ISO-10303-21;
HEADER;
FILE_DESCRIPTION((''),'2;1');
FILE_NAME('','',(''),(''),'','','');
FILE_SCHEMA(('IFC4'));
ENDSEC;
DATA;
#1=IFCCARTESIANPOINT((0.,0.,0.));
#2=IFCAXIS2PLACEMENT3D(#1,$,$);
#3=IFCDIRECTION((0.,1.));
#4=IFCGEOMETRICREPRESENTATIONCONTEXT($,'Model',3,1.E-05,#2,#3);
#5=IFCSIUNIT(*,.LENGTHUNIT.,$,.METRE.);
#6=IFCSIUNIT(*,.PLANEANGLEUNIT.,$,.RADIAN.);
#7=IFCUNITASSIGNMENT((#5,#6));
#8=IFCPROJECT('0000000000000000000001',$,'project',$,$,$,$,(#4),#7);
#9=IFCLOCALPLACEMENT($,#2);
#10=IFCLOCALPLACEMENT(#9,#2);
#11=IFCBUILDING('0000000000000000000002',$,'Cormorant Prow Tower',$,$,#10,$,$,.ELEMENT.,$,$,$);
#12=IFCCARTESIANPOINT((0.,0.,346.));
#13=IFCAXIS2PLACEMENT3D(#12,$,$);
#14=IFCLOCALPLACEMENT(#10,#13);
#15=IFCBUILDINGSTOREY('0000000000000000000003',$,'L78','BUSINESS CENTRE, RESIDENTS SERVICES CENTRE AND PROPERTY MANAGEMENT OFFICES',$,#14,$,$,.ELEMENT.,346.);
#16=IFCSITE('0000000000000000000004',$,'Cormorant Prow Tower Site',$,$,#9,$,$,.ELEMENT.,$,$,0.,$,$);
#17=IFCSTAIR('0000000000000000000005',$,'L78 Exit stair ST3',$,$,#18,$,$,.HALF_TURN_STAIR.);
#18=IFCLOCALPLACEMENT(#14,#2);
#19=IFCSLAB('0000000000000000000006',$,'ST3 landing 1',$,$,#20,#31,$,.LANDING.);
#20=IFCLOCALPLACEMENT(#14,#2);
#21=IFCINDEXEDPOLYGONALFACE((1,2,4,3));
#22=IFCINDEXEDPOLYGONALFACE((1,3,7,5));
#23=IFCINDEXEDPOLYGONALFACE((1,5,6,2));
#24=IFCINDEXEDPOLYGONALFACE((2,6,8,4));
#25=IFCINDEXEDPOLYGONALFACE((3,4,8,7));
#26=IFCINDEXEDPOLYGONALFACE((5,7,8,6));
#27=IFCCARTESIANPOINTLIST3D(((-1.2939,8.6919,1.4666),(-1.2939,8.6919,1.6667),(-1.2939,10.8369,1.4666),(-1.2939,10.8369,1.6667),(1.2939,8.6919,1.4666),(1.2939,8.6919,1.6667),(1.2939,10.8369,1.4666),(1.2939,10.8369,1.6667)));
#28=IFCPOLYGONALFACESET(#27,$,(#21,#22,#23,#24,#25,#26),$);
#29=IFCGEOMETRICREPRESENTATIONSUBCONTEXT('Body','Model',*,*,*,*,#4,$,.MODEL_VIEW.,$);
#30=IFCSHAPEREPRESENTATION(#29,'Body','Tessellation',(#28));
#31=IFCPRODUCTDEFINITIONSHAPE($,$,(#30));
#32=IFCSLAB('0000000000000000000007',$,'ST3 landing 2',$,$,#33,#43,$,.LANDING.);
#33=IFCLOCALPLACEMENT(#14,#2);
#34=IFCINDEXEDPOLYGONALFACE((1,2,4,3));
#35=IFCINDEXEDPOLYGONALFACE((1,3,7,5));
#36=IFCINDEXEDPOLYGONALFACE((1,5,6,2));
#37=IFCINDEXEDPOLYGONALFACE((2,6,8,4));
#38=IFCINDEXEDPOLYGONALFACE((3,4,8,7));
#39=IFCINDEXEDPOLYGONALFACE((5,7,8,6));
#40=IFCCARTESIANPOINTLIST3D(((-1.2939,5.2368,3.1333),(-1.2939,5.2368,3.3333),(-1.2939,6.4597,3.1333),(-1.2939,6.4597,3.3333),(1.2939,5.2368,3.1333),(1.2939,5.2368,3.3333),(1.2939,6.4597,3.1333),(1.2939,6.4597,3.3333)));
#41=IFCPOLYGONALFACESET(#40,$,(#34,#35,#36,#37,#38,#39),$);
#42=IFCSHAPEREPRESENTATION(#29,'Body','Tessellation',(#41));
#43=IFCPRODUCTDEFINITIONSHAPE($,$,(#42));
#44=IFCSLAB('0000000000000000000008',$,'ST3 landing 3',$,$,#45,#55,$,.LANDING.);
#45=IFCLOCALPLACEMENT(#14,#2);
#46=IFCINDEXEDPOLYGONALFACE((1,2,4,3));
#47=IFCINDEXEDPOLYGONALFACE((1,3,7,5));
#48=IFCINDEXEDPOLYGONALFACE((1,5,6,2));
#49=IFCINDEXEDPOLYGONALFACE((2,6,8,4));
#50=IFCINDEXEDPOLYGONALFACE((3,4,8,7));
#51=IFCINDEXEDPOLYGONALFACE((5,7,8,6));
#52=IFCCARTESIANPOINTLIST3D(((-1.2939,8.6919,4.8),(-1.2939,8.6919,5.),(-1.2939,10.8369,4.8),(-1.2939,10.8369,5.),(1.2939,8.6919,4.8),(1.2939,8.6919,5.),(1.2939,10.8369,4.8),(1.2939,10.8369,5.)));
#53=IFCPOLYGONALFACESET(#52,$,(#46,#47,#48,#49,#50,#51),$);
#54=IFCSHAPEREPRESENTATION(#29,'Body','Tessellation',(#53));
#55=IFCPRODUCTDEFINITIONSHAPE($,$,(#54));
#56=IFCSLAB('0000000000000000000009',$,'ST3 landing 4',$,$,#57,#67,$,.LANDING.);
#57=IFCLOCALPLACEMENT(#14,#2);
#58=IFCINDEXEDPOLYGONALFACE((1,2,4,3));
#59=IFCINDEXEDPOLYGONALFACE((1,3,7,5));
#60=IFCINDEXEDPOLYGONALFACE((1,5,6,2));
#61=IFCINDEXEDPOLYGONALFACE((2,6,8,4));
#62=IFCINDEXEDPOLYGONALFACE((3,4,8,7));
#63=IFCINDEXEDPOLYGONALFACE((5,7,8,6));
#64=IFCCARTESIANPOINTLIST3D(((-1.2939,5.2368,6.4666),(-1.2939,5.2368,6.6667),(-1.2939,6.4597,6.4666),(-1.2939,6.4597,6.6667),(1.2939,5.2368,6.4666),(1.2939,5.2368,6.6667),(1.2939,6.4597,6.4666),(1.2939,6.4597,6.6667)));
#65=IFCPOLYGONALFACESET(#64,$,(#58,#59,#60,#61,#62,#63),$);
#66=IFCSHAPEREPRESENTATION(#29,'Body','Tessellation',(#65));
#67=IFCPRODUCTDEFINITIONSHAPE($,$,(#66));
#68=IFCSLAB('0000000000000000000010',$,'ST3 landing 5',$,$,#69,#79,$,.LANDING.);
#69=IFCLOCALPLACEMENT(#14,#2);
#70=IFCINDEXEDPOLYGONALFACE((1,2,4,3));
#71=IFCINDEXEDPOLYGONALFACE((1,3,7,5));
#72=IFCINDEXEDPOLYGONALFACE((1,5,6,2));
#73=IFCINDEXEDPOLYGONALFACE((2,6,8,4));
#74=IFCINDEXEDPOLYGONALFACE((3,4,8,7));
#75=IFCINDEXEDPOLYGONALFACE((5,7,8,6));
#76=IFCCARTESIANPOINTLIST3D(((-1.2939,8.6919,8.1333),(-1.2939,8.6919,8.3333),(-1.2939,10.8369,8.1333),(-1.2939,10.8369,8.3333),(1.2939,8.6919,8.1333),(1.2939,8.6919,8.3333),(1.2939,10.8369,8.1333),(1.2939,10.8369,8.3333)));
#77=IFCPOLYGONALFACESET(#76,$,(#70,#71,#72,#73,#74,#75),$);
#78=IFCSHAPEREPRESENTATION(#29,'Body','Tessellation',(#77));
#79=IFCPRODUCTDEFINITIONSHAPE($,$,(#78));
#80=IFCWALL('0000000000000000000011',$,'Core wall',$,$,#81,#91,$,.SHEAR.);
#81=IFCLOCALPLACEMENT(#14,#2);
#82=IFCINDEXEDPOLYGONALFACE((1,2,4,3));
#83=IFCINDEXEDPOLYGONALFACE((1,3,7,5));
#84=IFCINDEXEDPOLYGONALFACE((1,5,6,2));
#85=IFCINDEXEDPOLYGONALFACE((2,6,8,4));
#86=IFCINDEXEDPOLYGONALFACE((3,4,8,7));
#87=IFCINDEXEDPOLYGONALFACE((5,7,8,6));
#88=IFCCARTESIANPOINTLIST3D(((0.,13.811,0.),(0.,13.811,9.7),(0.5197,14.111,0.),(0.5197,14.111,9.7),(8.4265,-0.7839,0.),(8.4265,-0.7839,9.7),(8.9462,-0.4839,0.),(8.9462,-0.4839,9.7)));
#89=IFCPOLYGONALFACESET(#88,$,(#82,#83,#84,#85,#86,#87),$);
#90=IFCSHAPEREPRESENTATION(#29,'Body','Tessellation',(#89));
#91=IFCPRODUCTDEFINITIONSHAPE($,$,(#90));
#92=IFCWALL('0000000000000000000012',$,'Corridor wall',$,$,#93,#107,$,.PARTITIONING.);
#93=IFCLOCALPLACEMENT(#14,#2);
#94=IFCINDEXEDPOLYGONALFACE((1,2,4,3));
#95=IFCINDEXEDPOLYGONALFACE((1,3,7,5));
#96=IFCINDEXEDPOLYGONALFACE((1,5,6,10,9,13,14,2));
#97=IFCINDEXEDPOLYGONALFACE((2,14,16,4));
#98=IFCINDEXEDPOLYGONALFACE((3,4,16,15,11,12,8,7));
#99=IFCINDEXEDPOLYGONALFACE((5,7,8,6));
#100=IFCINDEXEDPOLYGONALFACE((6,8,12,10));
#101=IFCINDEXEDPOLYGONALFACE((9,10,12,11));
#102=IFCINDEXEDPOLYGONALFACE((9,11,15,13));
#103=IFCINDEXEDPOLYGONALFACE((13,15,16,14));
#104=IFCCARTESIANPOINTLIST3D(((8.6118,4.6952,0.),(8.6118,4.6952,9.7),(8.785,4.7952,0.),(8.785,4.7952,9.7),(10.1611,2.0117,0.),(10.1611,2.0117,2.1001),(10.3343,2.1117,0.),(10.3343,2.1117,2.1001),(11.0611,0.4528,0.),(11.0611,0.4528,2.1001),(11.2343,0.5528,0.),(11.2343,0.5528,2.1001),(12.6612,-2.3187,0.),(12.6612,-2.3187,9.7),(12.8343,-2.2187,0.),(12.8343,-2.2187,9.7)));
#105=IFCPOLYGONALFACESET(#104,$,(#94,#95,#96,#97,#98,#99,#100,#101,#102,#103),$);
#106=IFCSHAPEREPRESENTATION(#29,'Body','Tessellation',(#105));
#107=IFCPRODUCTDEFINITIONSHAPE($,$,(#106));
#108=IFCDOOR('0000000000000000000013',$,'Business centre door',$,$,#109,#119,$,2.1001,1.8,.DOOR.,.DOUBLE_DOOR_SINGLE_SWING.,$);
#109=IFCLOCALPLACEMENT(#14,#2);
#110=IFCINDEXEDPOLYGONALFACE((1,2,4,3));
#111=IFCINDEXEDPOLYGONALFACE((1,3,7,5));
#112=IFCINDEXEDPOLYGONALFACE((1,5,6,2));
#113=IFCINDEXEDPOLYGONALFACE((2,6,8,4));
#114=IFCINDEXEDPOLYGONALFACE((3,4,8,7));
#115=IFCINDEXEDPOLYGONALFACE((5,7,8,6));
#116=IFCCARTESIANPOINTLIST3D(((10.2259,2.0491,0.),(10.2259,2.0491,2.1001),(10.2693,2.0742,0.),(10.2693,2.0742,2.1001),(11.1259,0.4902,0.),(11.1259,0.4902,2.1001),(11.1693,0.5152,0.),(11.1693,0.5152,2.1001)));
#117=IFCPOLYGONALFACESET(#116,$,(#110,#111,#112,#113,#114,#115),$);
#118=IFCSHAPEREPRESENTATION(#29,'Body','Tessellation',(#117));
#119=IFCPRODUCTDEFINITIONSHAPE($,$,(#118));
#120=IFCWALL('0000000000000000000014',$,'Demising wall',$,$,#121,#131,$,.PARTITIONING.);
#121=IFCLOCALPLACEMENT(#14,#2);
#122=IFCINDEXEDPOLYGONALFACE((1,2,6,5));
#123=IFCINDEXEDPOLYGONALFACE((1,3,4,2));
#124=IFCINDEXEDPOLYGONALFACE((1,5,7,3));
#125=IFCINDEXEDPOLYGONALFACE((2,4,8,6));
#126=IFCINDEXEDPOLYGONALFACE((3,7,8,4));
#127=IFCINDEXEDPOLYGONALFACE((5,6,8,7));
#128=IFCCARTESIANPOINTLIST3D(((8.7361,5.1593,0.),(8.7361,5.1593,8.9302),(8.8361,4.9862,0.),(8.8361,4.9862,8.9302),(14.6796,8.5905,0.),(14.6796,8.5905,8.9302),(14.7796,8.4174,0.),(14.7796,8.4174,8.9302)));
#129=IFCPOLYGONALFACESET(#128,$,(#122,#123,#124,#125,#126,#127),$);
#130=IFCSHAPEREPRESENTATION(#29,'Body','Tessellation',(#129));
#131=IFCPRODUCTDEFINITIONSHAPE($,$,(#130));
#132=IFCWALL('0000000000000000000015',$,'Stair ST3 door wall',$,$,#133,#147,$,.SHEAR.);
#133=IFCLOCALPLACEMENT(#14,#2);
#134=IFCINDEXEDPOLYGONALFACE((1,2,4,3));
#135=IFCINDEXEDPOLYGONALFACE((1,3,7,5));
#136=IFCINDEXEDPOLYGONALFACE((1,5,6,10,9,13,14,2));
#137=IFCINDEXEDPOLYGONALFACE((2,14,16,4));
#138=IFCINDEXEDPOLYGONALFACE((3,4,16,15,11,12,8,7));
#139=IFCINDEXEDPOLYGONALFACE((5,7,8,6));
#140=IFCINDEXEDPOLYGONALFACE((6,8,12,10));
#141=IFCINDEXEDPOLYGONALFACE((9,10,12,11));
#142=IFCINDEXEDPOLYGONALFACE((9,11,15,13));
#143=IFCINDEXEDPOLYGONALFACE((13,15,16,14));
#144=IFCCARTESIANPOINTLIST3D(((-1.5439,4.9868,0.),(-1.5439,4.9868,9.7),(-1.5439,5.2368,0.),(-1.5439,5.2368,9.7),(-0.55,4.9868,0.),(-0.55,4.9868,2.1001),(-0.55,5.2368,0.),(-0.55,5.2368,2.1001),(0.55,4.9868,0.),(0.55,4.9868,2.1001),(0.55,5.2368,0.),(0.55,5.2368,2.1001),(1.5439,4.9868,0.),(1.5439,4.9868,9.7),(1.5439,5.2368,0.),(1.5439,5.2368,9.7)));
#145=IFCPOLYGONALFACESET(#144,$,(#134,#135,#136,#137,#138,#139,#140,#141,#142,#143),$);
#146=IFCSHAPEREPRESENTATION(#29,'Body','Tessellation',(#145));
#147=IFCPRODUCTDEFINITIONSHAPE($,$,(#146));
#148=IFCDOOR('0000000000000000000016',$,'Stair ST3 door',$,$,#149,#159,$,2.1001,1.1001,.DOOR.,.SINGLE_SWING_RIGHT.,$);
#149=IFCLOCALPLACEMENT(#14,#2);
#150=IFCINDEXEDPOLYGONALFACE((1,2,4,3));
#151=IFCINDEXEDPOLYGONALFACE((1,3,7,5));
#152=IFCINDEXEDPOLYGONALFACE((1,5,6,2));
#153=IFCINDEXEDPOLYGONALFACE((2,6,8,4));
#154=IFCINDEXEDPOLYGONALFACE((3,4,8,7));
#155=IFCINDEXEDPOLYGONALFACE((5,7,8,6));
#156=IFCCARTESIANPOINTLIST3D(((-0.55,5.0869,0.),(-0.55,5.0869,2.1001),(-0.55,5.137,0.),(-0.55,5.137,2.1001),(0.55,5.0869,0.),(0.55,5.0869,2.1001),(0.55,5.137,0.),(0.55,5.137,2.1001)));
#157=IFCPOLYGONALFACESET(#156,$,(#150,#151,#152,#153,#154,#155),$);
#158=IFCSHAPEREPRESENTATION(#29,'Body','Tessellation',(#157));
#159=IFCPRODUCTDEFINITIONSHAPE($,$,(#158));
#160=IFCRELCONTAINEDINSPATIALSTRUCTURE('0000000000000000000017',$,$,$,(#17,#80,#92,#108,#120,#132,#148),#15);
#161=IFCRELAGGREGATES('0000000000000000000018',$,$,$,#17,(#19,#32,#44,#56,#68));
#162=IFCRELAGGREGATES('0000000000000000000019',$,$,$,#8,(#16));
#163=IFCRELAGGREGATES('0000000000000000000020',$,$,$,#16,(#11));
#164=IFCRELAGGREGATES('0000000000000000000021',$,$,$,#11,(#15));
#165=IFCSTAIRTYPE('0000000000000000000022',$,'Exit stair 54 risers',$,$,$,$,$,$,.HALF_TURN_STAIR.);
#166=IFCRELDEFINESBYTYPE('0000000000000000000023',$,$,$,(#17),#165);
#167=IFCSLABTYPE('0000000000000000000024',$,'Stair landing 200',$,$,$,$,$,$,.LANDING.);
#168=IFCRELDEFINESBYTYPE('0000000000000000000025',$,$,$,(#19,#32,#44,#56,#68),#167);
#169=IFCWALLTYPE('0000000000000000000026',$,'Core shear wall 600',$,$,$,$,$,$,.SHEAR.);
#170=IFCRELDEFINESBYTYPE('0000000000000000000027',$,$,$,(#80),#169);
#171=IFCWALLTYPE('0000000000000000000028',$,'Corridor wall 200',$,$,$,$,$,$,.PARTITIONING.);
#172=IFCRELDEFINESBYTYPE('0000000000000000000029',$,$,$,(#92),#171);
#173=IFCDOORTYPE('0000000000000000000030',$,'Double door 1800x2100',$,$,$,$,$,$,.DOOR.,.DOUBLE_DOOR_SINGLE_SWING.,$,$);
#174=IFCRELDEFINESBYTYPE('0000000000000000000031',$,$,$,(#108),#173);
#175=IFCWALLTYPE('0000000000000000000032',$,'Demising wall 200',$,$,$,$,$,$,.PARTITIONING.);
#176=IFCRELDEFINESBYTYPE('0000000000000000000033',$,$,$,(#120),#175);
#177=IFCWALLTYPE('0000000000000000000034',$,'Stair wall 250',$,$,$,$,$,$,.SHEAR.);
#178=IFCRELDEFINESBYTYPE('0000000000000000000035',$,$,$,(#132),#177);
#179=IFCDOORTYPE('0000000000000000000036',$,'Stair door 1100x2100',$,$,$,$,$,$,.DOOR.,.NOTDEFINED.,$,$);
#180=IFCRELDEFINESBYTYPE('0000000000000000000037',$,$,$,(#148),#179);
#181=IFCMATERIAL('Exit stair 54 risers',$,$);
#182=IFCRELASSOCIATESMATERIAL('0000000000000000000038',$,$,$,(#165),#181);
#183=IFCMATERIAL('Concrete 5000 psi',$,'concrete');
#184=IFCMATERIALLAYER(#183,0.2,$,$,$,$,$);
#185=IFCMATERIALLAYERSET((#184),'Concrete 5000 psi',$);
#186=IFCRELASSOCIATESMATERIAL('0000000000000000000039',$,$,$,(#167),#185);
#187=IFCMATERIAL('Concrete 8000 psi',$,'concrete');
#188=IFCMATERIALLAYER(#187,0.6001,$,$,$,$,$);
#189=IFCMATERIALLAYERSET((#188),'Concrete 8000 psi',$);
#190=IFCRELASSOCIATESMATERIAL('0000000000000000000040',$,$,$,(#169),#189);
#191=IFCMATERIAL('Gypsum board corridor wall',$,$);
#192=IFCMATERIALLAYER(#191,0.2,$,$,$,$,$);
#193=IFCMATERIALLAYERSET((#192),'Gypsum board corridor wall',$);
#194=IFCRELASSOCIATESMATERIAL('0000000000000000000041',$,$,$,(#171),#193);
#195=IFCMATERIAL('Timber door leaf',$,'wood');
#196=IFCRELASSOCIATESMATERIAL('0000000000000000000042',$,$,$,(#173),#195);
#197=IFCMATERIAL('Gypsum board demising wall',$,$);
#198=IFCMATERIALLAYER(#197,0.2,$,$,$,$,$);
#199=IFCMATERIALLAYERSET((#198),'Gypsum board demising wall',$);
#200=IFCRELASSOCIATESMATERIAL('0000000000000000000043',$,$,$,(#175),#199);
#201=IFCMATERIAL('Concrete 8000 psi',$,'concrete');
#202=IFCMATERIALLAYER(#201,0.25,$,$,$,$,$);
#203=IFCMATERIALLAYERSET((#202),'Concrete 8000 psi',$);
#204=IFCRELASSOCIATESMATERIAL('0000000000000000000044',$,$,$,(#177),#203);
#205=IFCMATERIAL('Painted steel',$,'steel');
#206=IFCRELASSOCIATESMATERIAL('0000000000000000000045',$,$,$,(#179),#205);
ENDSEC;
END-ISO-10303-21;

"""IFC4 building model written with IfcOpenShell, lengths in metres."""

from ifc_helpers import new_model, si_unit, direction, frame, frame_2d, origin, place, context, subcontext, project, spatial, polyline, rectangle, outline, extrude, material, layer, layer_set, type_object, element, fill, aggregate, save


model = new_model("IFC4")

# Units and contexts
model_context = context("Model", 3, precision=1e-05, world=origin(), true_north=direction((0.0, 1.0)))
body_context = subcontext(model_context, "Body", "Model", "MODEL_VIEW")
ifc_project = project(units=[si_unit("LENGTHUNIT", "METRE"), si_unit("PLANEANGLEUNIT", "RADIAN")], contexts=[model_context])

# Site, building, storey
site_placement = place(None, origin())
site = spatial("IfcSite", under=ifc_project, at=site_placement, Name="Cormorant Prow Tower Site", CompositionType="ELEMENT", RefElevation=0.0)
building_placement = place(site_placement, origin())
building = spatial("IfcBuilding", under=site, at=building_placement, Name="Cormorant Prow Tower", CompositionType="ELEMENT")
storey_placement = place(building_placement, frame((0.0, 0.0, 346.0)))
storey = spatial("IfcBuildingStorey", under=building, at=storey_placement, Name="L78", Description="BUSINESS CENTRE, RESIDENTS SERVICES CENTRE AND PROPERTY MANAGEMENT OFFICES", CompositionType="ELEMENT", Elevation=346.0)

# Stair, slabs
ifc_material_1 = material(Name="Exit stair 54 risers")
stair_type = type_object("IfcStairType", Name="Exit stair 54 risers", PredefinedType="HALF_TURN_STAIR", material=ifc_material_1)
ifc_material_2 = material(Name="Concrete 5000 psi", Category="concrete")
ifc_layer_1 = layer(ifc_material_2, 0.2)
ifc_layer_set_1 = layer_set([ifc_layer_1], Name="Concrete 5000 psi")
slab_type = type_object("IfcSlabType", Name="Stair landing 200", PredefinedType="LANDING", material=ifc_layer_set_1)
stair_1_placement = place(storey_placement, origin())
stair_1 = element("IfcStair", 1, at=stair_1_placement, inside=storey, type_object=stair_type, Name="L78 Exit stair ST3", PredefinedType="HALF_TURN_STAIR")
slab_1_placement = place(storey_placement, frame((0.0, 0.0, 1.4666)))
slab_1 = element("IfcSlab", 2, at=slab_1_placement, type_object=slab_type, Name="ST3 landing 1", PredefinedType="LANDING", context=body_context, shape_type="SweptSolid", body=[
    extrude(outline(polyline([(1.2939, 8.6919), (1.2939, 10.8369), (-1.2939, 10.8369), (-1.2939, 8.6919), (1.2939, 8.6919)])), origin(), (0.0, 0.0, 1.0), 0.2002),
])
slab_2_placement = place(storey_placement, frame((0.0, 0.0, 3.1333)))
slab_2 = element("IfcSlab", 3, at=slab_2_placement, type_object=slab_type, Name="ST3 landing 2", PredefinedType="LANDING", context=body_context, shape_type="SweptSolid", body=[
    extrude(outline(polyline([(1.2939, 5.2368), (1.2939, 6.4597), (-1.2939, 6.4597), (-1.2939, 5.2368), (1.2939, 5.2368)])), origin(), (0.0, 0.0, 1.0), 0.2),
])
slab_3_placement = place(storey_placement, frame((0.0, 0.0, 4.8)))
slab_3 = element("IfcSlab", 4, at=slab_3_placement, type_object=slab_type, Name="ST3 landing 3", PredefinedType="LANDING", context=body_context, shape_type="SweptSolid", body=[
    extrude(outline(polyline([(1.2939, 8.6919), (1.2939, 10.8369), (-1.2939, 10.8369), (-1.2939, 8.6919), (1.2939, 8.6919)])), origin(), (0.0, 0.0, 1.0), 0.2),
])
slab_4_placement = place(storey_placement, frame((0.0, 0.0, 6.4666)))
slab_4 = element("IfcSlab", 5, at=slab_4_placement, type_object=slab_type, Name="ST3 landing 4", PredefinedType="LANDING", context=body_context, shape_type="SweptSolid", body=[
    extrude(outline(polyline([(1.2939, 5.2368), (1.2939, 6.4597), (-1.2939, 6.4597), (-1.2939, 5.2368), (1.2939, 5.2368)])), origin(), (0.0, 0.0, 1.0), 0.2002),
])
slab_5_placement = place(storey_placement, frame((0.0, 0.0, 8.1333)))
slab_5 = element("IfcSlab", 6, at=slab_5_placement, type_object=slab_type, Name="ST3 landing 5", PredefinedType="LANDING", context=body_context, shape_type="SweptSolid", body=[
    extrude(outline(polyline([(1.2939, 8.6919), (1.2939, 10.8369), (-1.2939, 10.8369), (-1.2939, 8.6919), (1.2939, 8.6919)])), origin(), (0.0, 0.0, 1.0), 0.2),
])

# Wall
ifc_material_3 = material(Name="Concrete 8000 psi", Category="concrete")
ifc_layer_2 = layer(ifc_material_3, 0.6001)
ifc_layer_set_2 = layer_set([ifc_layer_2], Name="Concrete 8000 psi")
wall_type_1 = type_object("IfcWallType", Name="Core shear wall 600", PredefinedType="SHEAR", material=ifc_layer_set_2)
wall_1_placement = place(storey_placement, frame((8.6863, -0.6338, 0.0), z_axis=(0.0, 0.0, 1.0), x_axis=(-0.500005, 0.866023, 0.0)))
element("IfcWall", 7, at=wall_1_placement, inside=storey, type_object=wall_type_1, Name="Core wall", PredefinedType="SHEAR", context=body_context, shape_type="SweptSolid", body=[
    extrude(rectangle(XDim=16.8528, YDim=0.6001, at=frame_2d((8.4263, 0.0))), origin(), (0.0, 0.0, 1.0), 9.7),
])

# Wall, opening, door
ifc_material_4 = material(Name="Gypsum board corridor wall")
ifc_layer_3 = layer(ifc_material_4, 0.2)
ifc_layer_set_3 = layer_set([ifc_layer_3], Name="Gypsum board corridor wall")
wall_type_2 = type_object("IfcWallType", Name="Corridor wall 200", PredefinedType="PARTITIONING", material=ifc_layer_set_3)
wall_2_placement = place(storey_placement, frame((8.6985, 4.7451, 0.0), z_axis=(0.0, 0.0, 1.0), x_axis=(0.499984, -0.866034, 0.0)))
wall_2 = element("IfcWall", 8, at=wall_2_placement, inside=storey, type_object=wall_type_2, Name="Corridor wall", PredefinedType="PARTITIONING", context=body_context, shape_type="SweptSolid", body=[
    extrude(rectangle(XDim=8.0989, YDim=0.2, at=frame_2d((4.0493, 0.0))), origin(), (0.0, 0.0, 1.0), 9.7),
])
opening_1_placement = place(wall_2_placement, frame((3.0986, 0.0, 0.0)))
opening_1 = element("IfcOpeningElement", 9, at=opening_1_placement, cuts=wall_2, PredefinedType="OPENING", context=body_context, shape_type="SweptSolid", body=[
    extrude(rectangle(XDim=1.8, YDim=2.1001, at=frame_2d((0.8999, 1.05))), frame((0.0, 0.1099, 0.0), z_axis=(0.0, -1.0, 0.0), x_axis=(1.0, 0.0, 0.0)), (0.0, 0.0, 1.0), 0.22),
])
ifc_material_5 = material(Name="Timber door leaf", Category="wood")
door_type_1 = type_object("IfcDoorType", Name="Double door 1800x2100", OperationType="DOUBLE_DOOR_SINGLE_SWING", PredefinedType="DOOR", material=ifc_material_5)
door_1_placement = place(opening_1_placement, origin())
door_1 = element("IfcDoor", 10, at=door_1_placement, inside=storey, type_object=door_type_1, Name="Business centre door", OperationType="DOUBLE_DOOR_SINGLE_SWING", OverallHeight=2.1001, OverallWidth=1.8, PredefinedType="DOOR", context=body_context, shape_type="SweptSolid", body=[
    extrude(rectangle(XDim=1.8, YDim=2.1001, at=frame_2d((0.8999, 1.05))), frame((0.0, 0.0249, 0.0), z_axis=(0.0, -1.0, 0.0), x_axis=(1.0, 0.0, 0.0)), (0.0, 0.0, 1.0), 0.05),
])
fill(opening_1, door_1)

# Wall
ifc_material_6 = material(Name="Gypsum board demising wall")
ifc_layer_4 = layer(ifc_material_6, 0.2)
ifc_layer_set_4 = layer_set([ifc_layer_4], Name="Gypsum board demising wall")
wall_type_3 = type_object("IfcWallType", Name="Demising wall 200", PredefinedType="PARTITIONING", material=ifc_layer_set_4)
wall_3_placement = place(storey_placement, frame((8.7861, 5.0728, 0.0), z_axis=(0.0, 0.0, 1.0), x_axis=(0.866041, 0.499973, 0.0)))
element("IfcWall", 11, at=wall_3_placement, inside=storey, type_object=wall_type_3, Name="Demising wall", PredefinedType="PARTITIONING", context=body_context, shape_type="SweptSolid", body=[
    extrude(rectangle(XDim=6.8628, YDim=0.2, at=frame_2d((3.4314, 0.0))), origin(), (0.0, 0.0, 1.0), 8.9302),
])

# Wall, opening, door
ifc_material_7 = material(Name="Concrete 8000 psi", Category="concrete")
ifc_layer_5 = layer(ifc_material_7, 0.25)
ifc_layer_set_5 = layer_set([ifc_layer_5], Name="Concrete 8000 psi")
wall_type_4 = type_object("IfcWallType", Name="Stair wall 250", PredefinedType="SHEAR", material=ifc_layer_set_5)
wall_4_placement = place(storey_placement, frame((1.5439, 5.1118, 0.0), z_axis=(0.0, 0.0, 1.0), x_axis=(-1.0, 0.0, 0.0)))
wall_4 = element("IfcWall", 12, at=wall_4_placement, inside=storey, type_object=wall_type_4, Name="Stair ST3 door wall", PredefinedType="SHEAR", context=body_context, shape_type="SweptSolid", body=[
    extrude(rectangle(XDim=3.0879, YDim=0.25, at=frame_2d((1.5439, 0.0))), origin(), (0.0, 0.0, 1.0), 9.7),
])
opening_2_placement = place(wall_4_placement, frame((0.9939, 0.0, 0.0)))
opening_2 = element("IfcOpeningElement", 13, at=opening_2_placement, cuts=wall_4, PredefinedType="OPENING", context=body_context, shape_type="SweptSolid", body=[
    extrude(rectangle(XDim=1.1001, YDim=2.1001, at=frame_2d((0.55, 1.05))), frame((0.0, 0.135, 0.0), z_axis=(0.0, -1.0, 0.0), x_axis=(1.0, 0.0, 0.0)), (0.0, 0.0, 1.0), 0.27),
])
ifc_material_8 = material(Name="Painted steel", Category="steel")
door_type_2 = type_object("IfcDoorType", Name="Stair door 1100x2100", OperationType="NOTDEFINED", PredefinedType="DOOR", material=ifc_material_8)
door_2_placement = place(opening_2_placement, origin())
door_2 = element("IfcDoor", 14, at=door_2_placement, inside=storey, type_object=door_type_2, Name="Stair ST3 door", OperationType="SINGLE_SWING_RIGHT", OverallHeight=2.1001, OverallWidth=1.1001, PredefinedType="DOOR", context=body_context, shape_type="SweptSolid", body=[
    extrude(rectangle(XDim=1.1001, YDim=2.1001, at=frame_2d((0.55, 1.05))), frame((0.0, 0.0249, 0.0), z_axis=(0.0, -1.0, 0.0), x_axis=(1.0, 0.0, 0.0)), (0.0, 0.0, 1.0), 0.05),
])
fill(opening_2, door_2)

aggregate(stair_1, [slab_1, slab_2, slab_3, slab_4, slab_5])

save(model, "model.ifc")
